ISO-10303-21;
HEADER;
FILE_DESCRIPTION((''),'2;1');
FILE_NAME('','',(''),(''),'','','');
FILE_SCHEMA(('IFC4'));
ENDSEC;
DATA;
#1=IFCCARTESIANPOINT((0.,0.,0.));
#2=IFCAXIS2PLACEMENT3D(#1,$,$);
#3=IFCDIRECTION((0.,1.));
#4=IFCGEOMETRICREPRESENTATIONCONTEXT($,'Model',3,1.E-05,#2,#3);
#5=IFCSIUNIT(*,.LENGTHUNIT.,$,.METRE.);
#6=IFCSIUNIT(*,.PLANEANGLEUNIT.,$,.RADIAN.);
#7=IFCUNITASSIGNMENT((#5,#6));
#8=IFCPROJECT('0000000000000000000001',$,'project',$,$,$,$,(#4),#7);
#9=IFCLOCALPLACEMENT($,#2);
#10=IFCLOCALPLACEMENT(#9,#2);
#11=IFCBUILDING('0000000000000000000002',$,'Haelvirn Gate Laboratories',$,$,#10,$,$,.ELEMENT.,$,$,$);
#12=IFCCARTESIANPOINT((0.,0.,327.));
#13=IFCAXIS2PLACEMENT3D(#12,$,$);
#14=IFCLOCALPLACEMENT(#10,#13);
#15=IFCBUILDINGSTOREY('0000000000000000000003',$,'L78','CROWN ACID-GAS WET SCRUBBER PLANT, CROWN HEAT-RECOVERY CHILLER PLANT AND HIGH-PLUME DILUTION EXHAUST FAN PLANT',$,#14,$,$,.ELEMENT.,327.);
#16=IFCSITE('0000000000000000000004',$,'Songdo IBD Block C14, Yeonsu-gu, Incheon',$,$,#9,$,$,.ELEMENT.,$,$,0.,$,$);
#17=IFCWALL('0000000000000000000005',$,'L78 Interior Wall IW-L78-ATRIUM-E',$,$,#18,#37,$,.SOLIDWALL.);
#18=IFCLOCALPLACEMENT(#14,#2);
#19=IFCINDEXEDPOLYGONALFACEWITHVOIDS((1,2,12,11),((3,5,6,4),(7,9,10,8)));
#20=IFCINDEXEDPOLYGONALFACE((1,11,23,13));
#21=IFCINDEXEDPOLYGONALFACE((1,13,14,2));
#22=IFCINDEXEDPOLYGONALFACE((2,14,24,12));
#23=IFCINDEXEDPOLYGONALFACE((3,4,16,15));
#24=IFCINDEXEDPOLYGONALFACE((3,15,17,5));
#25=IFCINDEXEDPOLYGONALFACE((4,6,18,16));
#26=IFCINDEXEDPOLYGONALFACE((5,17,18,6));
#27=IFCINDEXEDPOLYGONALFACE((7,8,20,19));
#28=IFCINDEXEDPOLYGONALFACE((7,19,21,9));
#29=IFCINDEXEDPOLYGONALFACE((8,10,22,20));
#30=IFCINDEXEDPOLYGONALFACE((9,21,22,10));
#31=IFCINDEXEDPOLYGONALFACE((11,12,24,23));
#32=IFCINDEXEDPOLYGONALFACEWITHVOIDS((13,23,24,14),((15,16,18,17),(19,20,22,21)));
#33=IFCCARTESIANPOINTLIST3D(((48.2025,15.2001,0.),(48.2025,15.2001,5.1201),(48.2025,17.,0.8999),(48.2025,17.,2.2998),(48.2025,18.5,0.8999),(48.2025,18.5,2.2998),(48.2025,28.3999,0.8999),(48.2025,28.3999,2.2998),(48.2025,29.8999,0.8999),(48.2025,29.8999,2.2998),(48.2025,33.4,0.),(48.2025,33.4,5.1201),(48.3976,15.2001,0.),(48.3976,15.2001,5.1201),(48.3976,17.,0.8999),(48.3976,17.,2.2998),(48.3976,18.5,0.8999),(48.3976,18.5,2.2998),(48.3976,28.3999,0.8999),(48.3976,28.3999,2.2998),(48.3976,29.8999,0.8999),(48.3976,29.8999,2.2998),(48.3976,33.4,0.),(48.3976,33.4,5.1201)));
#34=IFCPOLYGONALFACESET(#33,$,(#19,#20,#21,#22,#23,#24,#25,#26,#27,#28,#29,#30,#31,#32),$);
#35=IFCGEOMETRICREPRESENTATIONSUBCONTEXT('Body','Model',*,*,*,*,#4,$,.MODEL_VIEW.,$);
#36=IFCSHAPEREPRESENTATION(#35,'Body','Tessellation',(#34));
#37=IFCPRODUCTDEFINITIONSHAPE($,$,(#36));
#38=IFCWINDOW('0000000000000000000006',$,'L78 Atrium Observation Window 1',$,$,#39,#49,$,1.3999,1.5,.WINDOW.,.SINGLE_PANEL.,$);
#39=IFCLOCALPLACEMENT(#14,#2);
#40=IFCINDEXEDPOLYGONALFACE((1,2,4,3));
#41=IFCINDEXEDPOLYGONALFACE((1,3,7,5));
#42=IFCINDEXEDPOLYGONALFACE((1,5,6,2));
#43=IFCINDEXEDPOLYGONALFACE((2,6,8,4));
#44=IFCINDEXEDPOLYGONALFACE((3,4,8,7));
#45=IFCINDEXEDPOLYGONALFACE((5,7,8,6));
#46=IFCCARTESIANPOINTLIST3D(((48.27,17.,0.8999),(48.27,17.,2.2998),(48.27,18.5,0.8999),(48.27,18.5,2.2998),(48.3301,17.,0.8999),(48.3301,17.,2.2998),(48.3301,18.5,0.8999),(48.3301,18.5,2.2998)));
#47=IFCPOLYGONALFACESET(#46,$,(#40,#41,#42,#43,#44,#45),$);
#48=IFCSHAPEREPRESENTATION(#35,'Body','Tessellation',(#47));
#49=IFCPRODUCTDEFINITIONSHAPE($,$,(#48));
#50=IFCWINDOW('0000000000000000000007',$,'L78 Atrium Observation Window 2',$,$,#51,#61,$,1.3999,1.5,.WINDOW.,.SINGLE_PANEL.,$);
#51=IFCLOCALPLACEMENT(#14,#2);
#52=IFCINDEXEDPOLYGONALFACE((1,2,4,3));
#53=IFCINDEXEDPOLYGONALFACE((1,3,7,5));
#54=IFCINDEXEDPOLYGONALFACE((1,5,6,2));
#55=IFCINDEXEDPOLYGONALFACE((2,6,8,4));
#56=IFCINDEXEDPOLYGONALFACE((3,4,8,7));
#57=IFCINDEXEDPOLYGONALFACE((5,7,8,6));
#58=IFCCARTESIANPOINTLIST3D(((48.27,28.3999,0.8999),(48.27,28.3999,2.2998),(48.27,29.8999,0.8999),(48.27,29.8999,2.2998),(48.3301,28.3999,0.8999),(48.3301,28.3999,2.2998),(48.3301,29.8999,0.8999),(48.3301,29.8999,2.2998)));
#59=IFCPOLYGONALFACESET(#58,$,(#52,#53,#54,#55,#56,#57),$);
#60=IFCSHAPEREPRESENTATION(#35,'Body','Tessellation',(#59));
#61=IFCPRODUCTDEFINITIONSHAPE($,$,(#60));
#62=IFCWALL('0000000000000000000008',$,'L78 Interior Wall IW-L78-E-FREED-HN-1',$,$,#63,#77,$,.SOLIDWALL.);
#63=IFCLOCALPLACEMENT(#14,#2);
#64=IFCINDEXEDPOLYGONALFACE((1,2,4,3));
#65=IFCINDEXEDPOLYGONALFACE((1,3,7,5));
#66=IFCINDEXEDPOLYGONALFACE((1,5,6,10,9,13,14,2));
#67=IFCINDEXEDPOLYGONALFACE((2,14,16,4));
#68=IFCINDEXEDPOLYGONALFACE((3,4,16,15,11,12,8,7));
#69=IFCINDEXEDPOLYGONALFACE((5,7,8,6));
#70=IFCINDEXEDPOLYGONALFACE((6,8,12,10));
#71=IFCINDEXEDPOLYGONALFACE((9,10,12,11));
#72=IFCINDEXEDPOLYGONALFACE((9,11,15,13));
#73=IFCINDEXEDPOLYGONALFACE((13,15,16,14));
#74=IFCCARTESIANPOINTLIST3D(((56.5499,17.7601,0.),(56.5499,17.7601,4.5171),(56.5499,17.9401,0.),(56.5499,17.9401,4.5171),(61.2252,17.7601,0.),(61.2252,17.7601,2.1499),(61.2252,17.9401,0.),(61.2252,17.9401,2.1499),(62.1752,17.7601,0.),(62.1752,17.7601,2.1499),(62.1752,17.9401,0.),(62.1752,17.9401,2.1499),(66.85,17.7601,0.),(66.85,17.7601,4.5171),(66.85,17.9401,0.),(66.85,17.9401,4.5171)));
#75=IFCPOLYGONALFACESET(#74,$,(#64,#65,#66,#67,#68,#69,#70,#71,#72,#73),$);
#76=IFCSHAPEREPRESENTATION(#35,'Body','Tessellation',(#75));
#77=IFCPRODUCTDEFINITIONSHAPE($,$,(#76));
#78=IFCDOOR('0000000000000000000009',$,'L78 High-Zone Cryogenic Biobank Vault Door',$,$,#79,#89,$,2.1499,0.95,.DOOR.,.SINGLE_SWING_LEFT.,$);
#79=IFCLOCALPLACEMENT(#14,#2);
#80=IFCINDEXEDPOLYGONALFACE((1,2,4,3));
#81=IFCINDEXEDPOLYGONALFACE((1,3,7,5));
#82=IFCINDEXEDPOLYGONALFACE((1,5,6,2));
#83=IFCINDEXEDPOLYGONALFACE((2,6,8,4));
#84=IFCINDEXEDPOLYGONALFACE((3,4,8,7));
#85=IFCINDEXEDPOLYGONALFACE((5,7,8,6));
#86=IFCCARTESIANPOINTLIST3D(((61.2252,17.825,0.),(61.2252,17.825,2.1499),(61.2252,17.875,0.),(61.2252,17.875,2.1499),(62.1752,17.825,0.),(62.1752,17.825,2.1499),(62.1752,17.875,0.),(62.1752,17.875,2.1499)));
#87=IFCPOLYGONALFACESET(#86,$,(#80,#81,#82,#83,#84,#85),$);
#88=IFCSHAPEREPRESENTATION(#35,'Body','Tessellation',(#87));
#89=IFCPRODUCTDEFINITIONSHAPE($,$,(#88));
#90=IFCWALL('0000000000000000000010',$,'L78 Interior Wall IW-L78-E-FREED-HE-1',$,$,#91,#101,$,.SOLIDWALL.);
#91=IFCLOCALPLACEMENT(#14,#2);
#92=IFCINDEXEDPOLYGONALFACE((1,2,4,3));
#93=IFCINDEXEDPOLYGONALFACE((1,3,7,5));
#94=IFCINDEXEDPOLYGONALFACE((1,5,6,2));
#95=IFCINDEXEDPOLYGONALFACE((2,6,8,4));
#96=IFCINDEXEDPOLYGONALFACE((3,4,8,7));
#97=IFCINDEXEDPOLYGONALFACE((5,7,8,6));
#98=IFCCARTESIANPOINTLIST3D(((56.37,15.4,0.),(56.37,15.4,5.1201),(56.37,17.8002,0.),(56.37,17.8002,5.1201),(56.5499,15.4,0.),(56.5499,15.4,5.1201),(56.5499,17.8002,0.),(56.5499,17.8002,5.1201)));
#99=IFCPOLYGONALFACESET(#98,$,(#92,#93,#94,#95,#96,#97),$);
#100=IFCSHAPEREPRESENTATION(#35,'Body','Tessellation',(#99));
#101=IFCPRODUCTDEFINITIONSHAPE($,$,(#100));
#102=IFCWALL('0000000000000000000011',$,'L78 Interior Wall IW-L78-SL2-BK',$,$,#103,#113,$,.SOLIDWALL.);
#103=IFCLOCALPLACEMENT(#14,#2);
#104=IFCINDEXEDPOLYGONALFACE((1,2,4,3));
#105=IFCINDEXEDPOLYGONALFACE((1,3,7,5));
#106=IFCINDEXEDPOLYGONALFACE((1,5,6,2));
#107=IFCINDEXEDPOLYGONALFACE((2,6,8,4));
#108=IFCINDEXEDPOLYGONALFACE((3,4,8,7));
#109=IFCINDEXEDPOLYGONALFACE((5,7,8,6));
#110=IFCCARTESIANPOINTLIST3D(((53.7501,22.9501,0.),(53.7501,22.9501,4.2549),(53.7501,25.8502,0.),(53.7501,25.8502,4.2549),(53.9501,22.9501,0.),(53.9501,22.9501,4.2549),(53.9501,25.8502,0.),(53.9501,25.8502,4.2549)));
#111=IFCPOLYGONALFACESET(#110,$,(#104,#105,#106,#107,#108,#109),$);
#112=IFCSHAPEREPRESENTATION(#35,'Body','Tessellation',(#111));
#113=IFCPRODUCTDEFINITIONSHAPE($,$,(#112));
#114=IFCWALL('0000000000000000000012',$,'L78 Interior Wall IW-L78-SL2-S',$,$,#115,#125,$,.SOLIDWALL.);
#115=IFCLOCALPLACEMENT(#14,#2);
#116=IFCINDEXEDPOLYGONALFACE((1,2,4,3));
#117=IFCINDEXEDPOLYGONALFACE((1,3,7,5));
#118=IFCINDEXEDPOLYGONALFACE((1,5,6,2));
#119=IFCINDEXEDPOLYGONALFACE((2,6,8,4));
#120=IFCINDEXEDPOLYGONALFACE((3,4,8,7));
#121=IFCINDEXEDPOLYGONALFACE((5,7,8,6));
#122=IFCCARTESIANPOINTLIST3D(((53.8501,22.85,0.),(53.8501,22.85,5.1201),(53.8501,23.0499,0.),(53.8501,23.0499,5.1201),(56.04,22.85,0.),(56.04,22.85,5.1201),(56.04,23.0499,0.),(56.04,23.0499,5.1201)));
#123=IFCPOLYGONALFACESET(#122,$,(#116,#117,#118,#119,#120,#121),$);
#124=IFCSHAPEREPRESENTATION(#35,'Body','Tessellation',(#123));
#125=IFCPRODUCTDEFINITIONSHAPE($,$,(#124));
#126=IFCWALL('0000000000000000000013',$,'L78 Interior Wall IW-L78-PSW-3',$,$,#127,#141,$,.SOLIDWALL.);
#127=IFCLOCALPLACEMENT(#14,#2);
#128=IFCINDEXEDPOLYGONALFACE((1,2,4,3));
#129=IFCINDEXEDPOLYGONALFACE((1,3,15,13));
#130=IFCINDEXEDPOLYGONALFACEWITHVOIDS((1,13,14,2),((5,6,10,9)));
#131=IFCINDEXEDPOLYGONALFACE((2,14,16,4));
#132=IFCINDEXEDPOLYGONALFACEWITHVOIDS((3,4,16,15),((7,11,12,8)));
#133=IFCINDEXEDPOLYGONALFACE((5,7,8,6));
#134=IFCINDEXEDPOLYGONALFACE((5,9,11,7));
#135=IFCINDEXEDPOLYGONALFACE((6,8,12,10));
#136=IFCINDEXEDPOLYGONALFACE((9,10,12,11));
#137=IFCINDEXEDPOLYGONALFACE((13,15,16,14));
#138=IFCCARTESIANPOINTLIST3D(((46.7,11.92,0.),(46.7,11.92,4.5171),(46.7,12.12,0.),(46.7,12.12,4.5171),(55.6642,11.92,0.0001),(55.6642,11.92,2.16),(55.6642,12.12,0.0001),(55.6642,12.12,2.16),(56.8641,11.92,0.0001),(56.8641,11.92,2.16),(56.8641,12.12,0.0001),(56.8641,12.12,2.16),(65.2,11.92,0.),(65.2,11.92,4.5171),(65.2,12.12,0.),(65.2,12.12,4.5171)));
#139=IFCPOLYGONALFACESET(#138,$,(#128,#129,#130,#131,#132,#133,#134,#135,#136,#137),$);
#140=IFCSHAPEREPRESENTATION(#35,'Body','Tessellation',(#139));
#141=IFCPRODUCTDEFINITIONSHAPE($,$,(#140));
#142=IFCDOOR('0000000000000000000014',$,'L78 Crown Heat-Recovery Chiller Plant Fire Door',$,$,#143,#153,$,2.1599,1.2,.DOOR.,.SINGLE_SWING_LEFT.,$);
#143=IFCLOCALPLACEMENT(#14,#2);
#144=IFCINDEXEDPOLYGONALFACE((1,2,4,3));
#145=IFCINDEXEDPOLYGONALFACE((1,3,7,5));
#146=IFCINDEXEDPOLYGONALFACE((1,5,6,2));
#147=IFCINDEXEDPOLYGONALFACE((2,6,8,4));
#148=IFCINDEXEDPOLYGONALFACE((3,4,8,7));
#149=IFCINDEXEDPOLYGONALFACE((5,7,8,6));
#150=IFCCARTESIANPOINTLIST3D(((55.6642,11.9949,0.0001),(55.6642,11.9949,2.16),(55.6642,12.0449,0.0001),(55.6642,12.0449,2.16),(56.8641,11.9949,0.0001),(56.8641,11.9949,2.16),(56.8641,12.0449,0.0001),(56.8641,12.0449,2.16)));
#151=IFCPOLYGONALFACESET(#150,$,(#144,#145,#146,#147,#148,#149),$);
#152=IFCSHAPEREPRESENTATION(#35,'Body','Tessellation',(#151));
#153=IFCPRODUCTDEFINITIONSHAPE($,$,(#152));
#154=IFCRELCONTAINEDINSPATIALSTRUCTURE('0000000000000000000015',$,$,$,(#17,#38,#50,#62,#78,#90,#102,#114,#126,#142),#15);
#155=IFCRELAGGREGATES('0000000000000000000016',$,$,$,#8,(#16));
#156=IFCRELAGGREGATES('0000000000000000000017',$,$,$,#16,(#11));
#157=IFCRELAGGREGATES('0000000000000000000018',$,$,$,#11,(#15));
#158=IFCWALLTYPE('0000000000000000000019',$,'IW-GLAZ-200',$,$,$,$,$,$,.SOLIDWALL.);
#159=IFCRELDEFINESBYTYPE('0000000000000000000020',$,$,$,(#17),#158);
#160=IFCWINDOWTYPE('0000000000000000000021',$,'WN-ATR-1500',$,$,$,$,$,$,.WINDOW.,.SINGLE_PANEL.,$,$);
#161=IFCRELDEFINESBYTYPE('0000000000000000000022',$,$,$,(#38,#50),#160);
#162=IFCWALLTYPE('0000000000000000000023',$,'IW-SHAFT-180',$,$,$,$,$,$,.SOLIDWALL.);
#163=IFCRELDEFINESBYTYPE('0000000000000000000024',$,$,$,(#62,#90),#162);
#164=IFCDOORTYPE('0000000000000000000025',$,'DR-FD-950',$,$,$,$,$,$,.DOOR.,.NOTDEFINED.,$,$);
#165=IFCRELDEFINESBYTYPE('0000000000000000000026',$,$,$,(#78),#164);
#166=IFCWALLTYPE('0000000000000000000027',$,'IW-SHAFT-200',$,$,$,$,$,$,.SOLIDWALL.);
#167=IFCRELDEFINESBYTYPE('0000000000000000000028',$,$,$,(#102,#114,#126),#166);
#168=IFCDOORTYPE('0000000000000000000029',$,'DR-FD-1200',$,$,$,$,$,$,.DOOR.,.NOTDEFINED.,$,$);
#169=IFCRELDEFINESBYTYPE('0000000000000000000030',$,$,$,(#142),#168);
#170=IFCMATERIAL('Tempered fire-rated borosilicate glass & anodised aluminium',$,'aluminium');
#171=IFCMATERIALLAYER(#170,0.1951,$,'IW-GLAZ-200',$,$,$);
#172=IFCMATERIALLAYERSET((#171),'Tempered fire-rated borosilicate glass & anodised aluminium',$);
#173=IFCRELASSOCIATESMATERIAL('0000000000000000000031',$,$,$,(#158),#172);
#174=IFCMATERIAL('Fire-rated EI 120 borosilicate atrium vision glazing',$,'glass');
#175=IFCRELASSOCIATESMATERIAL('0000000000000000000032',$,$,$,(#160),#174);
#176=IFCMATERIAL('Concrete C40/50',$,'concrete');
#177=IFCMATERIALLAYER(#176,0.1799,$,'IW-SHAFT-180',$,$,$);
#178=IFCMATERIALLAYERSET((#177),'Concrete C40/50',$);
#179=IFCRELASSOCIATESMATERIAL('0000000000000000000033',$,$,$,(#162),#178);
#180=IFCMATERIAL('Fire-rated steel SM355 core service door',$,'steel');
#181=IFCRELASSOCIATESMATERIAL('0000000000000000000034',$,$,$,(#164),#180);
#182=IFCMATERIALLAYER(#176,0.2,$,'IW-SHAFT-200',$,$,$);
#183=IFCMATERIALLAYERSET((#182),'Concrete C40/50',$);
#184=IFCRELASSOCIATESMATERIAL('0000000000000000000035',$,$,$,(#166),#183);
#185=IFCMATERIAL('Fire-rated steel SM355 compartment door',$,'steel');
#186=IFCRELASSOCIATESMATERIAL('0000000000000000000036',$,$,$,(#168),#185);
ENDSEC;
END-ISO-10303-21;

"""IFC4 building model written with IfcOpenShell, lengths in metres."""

from ifc_helpers import new_model, si_unit, direction, frame, frame_2d, origin, place, context, subcontext, project, spatial, rectangle, extrude, source, transform, mapped, material, layer, layer_set, type_object, type_shapes, element, fill, save


model = new_model("IFC4")

# Units and contexts
model_context = context("Model", 3, precision=1e-05, world=origin(), true_north=direction((0.0, 1.0)))
body_context = subcontext(model_context, "Body", "Model", "MODEL_VIEW")
ifc_project = project(units=[si_unit("LENGTHUNIT", "METRE"), si_unit("PLANEANGLEUNIT", "RADIAN")], contexts=[model_context])

# Site, building, storey
site_placement = place(None, origin())
site = spatial("IfcSite", under=ifc_project, at=site_placement, Name="Songdo IBD Block C14, Yeonsu-gu, Incheon", CompositionType="ELEMENT", RefElevation=0.0)
building_placement = place(site_placement, origin())
building = spatial("IfcBuilding", under=site, at=building_placement, Name="Haelvirn Gate Laboratories", CompositionType="ELEMENT")
storey_placement = place(building_placement, frame((0.0, 0.0, 327.0)))
storey = spatial("IfcBuildingStorey", under=building, at=storey_placement, Name="L78", Description="CROWN ACID-GAS WET SCRUBBER PLANT, CROWN HEAT-RECOVERY CHILLER PLANT AND HIGH-PLUME DILUTION EXHAUST FAN PLANT", CompositionType="ELEMENT", Elevation=327.0)

# Wall, openings, windows
ifc_material_1 = material(Name="Tempered fire-rated borosilicate glass & anodised aluminium", Category="aluminium")
ifc_layer_1 = layer(ifc_material_1, 0.1951, Name="IW-GLAZ-200")
ifc_layer_set_1 = layer_set([ifc_layer_1], Name="Tempered fire-rated borosilicate glass & anodised aluminium")
wall_type_1 = type_object("IfcWallType", Name="IW-GLAZ-200", PredefinedType="SOLIDWALL", material=ifc_layer_set_1)
wall_1_placement = place(storey_placement, frame((48.3, 15.2, 0.0), z_axis=(0.0, 0.0, 1.0), x_axis=(0.0, 1.0, 0.0)))
wall_1 = element("IfcWall", 1, at=wall_1_placement, inside=storey, type_object=wall_type_1, Name="L78 Interior Wall IW-L78-ATRIUM-E", PredefinedType="SOLIDWALL", context=body_context, shape_type="SweptSolid", body=[
    extrude(rectangle(XDim=18.2, YDim=0.1951, at=frame_2d((9.1001, 0.0))), origin(), (0.0, 0.0, 1.0), 5.1201),
])
opening_1_placement = place(wall_1_placement, frame((1.8, 0.0, 0.8999)))
opening_1 = element("IfcOpeningElement", 2, at=opening_1_placement, cuts=wall_1, PredefinedType="OPENING", context=body_context, shape_type="SweptSolid", body=[
    extrude(rectangle(XDim=1.5, YDim=1.3999, at=frame_2d((0.75, 0.7))), frame((0.0, 0.1074, 0.0), z_axis=(0.0, -1.0, 0.0), x_axis=(1.0, 0.0, 0.0)), (0.0, 0.0, 1.0), 0.2151),
])
opening_2_placement = place(wall_1_placement, frame((13.2, 0.0, 0.8999)))
opening_2 = element("IfcOpeningElement", 3, at=opening_2_placement, cuts=wall_1, PredefinedType="OPENING", context=body_context, shape_type="SweptSolid", body=[
    extrude(rectangle(XDim=1.5, YDim=1.3999, at=frame_2d((0.75, 0.7))), frame((0.0, 0.1074, 0.0), z_axis=(0.0, -1.0, 0.0), x_axis=(1.0, 0.0, 0.0)), (0.0, 0.0, 1.0), 0.2151),
])
ifc_material_2 = material(Name="Fire-rated EI 120 borosilicate atrium vision glazing", Category="glass")
window_type = type_object("IfcWindowType", Name="WN-ATR-1500", PartitioningType="SINGLE_PANEL", PredefinedType="WINDOW", material=ifc_material_2)
shared_shape_1 = source(origin(), body_context, "Body", "SweptSolid", [
    extrude(rectangle(XDim=1.5, YDim=1.3999, at=frame_2d((0.75, 0.7))), frame((0.0, 0.03, 0.0), z_axis=(0.0, -1.0, 0.0), x_axis=(1.0, 0.0, 0.0)), (0.0, 0.0, 1.0), 0.0601),
])
type_shapes(window_type, [shared_shape_1])
window_1_placement = place(opening_1_placement, origin())
window_1 = element("IfcWindow", 4, at=window_1_placement, inside=storey, type_object=window_type, Name="L78 Atrium Observation Window 1", OverallHeight=1.3999, OverallWidth=1.5, PartitioningType="SINGLE_PANEL", PredefinedType="WINDOW", context=body_context, shape_type="MappedRepresentation", body=[
    mapped(shared_shape_1, transform((0.0, 0.0, 0.0), scale=1.0)),
])
fill(opening_1, window_1)
window_2_placement = place(opening_2_placement, origin())
window_2 = element("IfcWindow", 5, at=window_2_placement, inside=storey, type_object=window_type, Name="L78 Atrium Observation Window 2", OverallHeight=1.3999, OverallWidth=1.5, PartitioningType="SINGLE_PANEL", PredefinedType="WINDOW", context=body_context, shape_type="MappedRepresentation", body=[
    mapped(shared_shape_1, transform((0.0, 0.0, 0.0), scale=1.0)),
])
fill(opening_2, window_2)

# Wall, opening, door
ifc_material_3 = material(Name="Concrete C40/50", Category="concrete")
ifc_layer_2 = layer(ifc_material_3, 0.1799, Name="IW-SHAFT-180")
ifc_layer_set_2 = layer_set([ifc_layer_2], Name="Concrete C40/50")
wall_type_2 = type_object("IfcWallType", Name="IW-SHAFT-180", PredefinedType="SOLIDWALL", material=ifc_layer_set_2)
wall_2_placement = place(storey_placement, frame((56.55, 17.8501, 0.0), z_axis=(0.0, 0.0, 1.0), x_axis=(1.0, 0.0, 0.0)))
wall_2 = element("IfcWall", 6, at=wall_2_placement, inside=storey, type_object=wall_type_2, Name="L78 Interior Wall IW-L78-E-FREED-HN-1", PredefinedType="SOLIDWALL", context=body_context, shape_type="SweptSolid", body=[
    extrude(rectangle(XDim=10.3, YDim=0.1799, at=frame_2d((5.1499, 0.0))), origin(), (0.0, 0.0, 1.0), 4.5171),
])
opening_3_placement = place(wall_2_placement, frame((4.675, 0.0, 0.0)))
opening_3 = element("IfcOpeningElement", 7, at=opening_3_placement, cuts=wall_2, PredefinedType="OPENING", context=body_context, shape_type="SweptSolid", body=[
    extrude(rectangle(XDim=0.95, YDim=2.1499, at=frame_2d((0.4751, 1.075))), frame((0.0, 0.1001, 0.0), z_axis=(0.0, -1.0, 0.0), x_axis=(1.0, 0.0, 0.0)), (0.0, 0.0, 1.0), 0.2),
])
ifc_material_4 = material(Name="Fire-rated steel SM355 core service door", Category="steel")
door_type_1 = type_object("IfcDoorType", Name="DR-FD-950", OperationType="NOTDEFINED", PredefinedType="DOOR", material=ifc_material_4)
shared_shape_2 = source(origin(), body_context, "Body", "SweptSolid", [
    extrude(rectangle(XDim=0.95, YDim=2.1499, at=frame_2d((0.4751, 1.075))), frame((0.0, 0.0249, 0.0), z_axis=(0.0, -1.0, 0.0), x_axis=(1.0, 0.0, 0.0)), (0.0, 0.0, 1.0), 0.05),
])
type_shapes(door_type_1, [shared_shape_2])
door_1_placement = place(opening_3_placement, origin())
door_1 = element("IfcDoor", 8, at=door_1_placement, inside=storey, type_object=door_type_1, Name="L78 High-Zone Cryogenic Biobank Vault Door", OperationType="SINGLE_SWING_LEFT", OverallHeight=2.1499, OverallWidth=0.95, PredefinedType="DOOR", context=body_context, shape_type="MappedRepresentation", body=[
    mapped(shared_shape_2, transform((0.0, 0.0, 0.0), scale=1.0)),
])
fill(opening_3, door_1)

# Walls
wall_3_placement = place(storey_placement, frame((56.46, 15.3999, 0.0), z_axis=(0.0, 0.0, 1.0), x_axis=(0.0, 1.0, 0.0)))
element("IfcWall", 9, at=wall_3_placement, inside=storey, type_object=wall_type_2, Name="L78 Interior Wall IW-L78-E-FREED-HE-1", PredefinedType="SOLIDWALL", context=body_context, shape_type="SweptSolid", body=[
    extrude(rectangle(XDim=2.4001, YDim=0.1799, at=frame_2d((1.2002, 0.0))), origin(), (0.0, 0.0, 1.0), 5.1201),
])
ifc_layer_3 = layer(ifc_material_3, 0.2, Name="IW-SHAFT-200")
ifc_layer_set_3 = layer_set([ifc_layer_3], Name="Concrete C40/50")
wall_type_3 = type_object("IfcWallType", Name="IW-SHAFT-200", PredefinedType="SOLIDWALL", material=ifc_layer_set_3)
wall_4_placement = place(storey_placement, frame((53.8501, 22.95, 0.0), z_axis=(0.0, 0.0, 1.0), x_axis=(0.0, 1.0, 0.0)))
element("IfcWall", 10, at=wall_4_placement, inside=storey, type_object=wall_type_3, Name="L78 Interior Wall IW-L78-SL2-BK", PredefinedType="SOLIDWALL", context=body_context, shape_type="SweptSolid", body=[
    extrude(rectangle(XDim=2.9001, YDim=0.2, at=frame_2d((1.4502, 0.0))), origin(), (0.0, 0.0, 1.0), 4.2549),
])
wall_5_placement = place(storey_placement, frame((53.8501, 22.95, 0.0), z_axis=(0.0, 0.0, 1.0), x_axis=(1.0, 0.0, 0.0)))
element("IfcWall", 11, at=wall_5_placement, inside=storey, type_object=wall_type_3, Name="L78 Interior Wall IW-L78-SL2-S", PredefinedType="SOLIDWALL", context=body_context, shape_type="SweptSolid", body=[
    extrude(rectangle(XDim=2.1899, YDim=0.2, at=frame_2d((1.095, 0.0))), origin(), (0.0, 0.0, 1.0), 5.1201),
])

# Wall, opening, door
wall_6_placement = place(storey_placement, frame((46.7, 12.02, 0.0), z_axis=(0.0, 0.0, 1.0), x_axis=(1.0, 0.0, 0.0)))
wall_6 = element("IfcWall", 12, at=wall_6_placement, inside=storey, type_object=wall_type_3, Name="L78 Interior Wall IW-L78-PSW-3", PredefinedType="SOLIDWALL", context=body_context, shape_type="SweptSolid", body=[
    extrude(rectangle(XDim=18.5, YDim=0.2, at=frame_2d((9.25, 0.0))), origin(), (0.0, 0.0, 1.0), 4.5171),
])
opening_4_placement = place(wall_6_placement, frame((8.9641, 0.0, 0.0)))
opening_4 = element("IfcOpeningElement", 13, at=opening_4_placement, cuts=wall_6, PredefinedType="OPENING", context=body_context, shape_type="SweptSolid", body=[
    extrude(rectangle(XDim=1.2, YDim=2.1599, at=frame_2d((0.6001, 1.0801))), frame((0.0, 0.1099, 0.0), z_axis=(0.0, -1.0, 0.0), x_axis=(1.0, 0.0, 0.0)), (0.0, 0.0, 1.0), 0.22),
])
ifc_material_5 = material(Name="Fire-rated steel SM355 compartment door", Category="steel")
door_type_2 = type_object("IfcDoorType", Name="DR-FD-1200", OperationType="NOTDEFINED", PredefinedType="DOOR", material=ifc_material_5)
shared_shape_3 = source(origin(), body_context, "Body", "SweptSolid", [
    extrude(rectangle(XDim=1.2, YDim=2.1599, at=frame_2d((0.6001, 1.0801))), frame((0.0, 0.0249, 0.0), z_axis=(0.0, -1.0, 0.0), x_axis=(1.0, 0.0, 0.0)), (0.0, 0.0, 1.0), 0.05),
])
type_shapes(door_type_2, [shared_shape_3])
door_2_placement = place(opening_4_placement, origin())
door_2 = element("IfcDoor", 14, at=door_2_placement, inside=storey, type_object=door_type_2, Name="L78 Crown Heat-Recovery Chiller Plant Fire Door", OperationType="SINGLE_SWING_LEFT", OverallHeight=2.1599, OverallWidth=1.2, PredefinedType="DOOR", context=body_context, shape_type="MappedRepresentation", body=[
    mapped(shared_shape_3, transform((0.0, 0.0, 0.0), scale=1.0)),
])
fill(opening_4, door_2)

save(model, "model.ifc")
